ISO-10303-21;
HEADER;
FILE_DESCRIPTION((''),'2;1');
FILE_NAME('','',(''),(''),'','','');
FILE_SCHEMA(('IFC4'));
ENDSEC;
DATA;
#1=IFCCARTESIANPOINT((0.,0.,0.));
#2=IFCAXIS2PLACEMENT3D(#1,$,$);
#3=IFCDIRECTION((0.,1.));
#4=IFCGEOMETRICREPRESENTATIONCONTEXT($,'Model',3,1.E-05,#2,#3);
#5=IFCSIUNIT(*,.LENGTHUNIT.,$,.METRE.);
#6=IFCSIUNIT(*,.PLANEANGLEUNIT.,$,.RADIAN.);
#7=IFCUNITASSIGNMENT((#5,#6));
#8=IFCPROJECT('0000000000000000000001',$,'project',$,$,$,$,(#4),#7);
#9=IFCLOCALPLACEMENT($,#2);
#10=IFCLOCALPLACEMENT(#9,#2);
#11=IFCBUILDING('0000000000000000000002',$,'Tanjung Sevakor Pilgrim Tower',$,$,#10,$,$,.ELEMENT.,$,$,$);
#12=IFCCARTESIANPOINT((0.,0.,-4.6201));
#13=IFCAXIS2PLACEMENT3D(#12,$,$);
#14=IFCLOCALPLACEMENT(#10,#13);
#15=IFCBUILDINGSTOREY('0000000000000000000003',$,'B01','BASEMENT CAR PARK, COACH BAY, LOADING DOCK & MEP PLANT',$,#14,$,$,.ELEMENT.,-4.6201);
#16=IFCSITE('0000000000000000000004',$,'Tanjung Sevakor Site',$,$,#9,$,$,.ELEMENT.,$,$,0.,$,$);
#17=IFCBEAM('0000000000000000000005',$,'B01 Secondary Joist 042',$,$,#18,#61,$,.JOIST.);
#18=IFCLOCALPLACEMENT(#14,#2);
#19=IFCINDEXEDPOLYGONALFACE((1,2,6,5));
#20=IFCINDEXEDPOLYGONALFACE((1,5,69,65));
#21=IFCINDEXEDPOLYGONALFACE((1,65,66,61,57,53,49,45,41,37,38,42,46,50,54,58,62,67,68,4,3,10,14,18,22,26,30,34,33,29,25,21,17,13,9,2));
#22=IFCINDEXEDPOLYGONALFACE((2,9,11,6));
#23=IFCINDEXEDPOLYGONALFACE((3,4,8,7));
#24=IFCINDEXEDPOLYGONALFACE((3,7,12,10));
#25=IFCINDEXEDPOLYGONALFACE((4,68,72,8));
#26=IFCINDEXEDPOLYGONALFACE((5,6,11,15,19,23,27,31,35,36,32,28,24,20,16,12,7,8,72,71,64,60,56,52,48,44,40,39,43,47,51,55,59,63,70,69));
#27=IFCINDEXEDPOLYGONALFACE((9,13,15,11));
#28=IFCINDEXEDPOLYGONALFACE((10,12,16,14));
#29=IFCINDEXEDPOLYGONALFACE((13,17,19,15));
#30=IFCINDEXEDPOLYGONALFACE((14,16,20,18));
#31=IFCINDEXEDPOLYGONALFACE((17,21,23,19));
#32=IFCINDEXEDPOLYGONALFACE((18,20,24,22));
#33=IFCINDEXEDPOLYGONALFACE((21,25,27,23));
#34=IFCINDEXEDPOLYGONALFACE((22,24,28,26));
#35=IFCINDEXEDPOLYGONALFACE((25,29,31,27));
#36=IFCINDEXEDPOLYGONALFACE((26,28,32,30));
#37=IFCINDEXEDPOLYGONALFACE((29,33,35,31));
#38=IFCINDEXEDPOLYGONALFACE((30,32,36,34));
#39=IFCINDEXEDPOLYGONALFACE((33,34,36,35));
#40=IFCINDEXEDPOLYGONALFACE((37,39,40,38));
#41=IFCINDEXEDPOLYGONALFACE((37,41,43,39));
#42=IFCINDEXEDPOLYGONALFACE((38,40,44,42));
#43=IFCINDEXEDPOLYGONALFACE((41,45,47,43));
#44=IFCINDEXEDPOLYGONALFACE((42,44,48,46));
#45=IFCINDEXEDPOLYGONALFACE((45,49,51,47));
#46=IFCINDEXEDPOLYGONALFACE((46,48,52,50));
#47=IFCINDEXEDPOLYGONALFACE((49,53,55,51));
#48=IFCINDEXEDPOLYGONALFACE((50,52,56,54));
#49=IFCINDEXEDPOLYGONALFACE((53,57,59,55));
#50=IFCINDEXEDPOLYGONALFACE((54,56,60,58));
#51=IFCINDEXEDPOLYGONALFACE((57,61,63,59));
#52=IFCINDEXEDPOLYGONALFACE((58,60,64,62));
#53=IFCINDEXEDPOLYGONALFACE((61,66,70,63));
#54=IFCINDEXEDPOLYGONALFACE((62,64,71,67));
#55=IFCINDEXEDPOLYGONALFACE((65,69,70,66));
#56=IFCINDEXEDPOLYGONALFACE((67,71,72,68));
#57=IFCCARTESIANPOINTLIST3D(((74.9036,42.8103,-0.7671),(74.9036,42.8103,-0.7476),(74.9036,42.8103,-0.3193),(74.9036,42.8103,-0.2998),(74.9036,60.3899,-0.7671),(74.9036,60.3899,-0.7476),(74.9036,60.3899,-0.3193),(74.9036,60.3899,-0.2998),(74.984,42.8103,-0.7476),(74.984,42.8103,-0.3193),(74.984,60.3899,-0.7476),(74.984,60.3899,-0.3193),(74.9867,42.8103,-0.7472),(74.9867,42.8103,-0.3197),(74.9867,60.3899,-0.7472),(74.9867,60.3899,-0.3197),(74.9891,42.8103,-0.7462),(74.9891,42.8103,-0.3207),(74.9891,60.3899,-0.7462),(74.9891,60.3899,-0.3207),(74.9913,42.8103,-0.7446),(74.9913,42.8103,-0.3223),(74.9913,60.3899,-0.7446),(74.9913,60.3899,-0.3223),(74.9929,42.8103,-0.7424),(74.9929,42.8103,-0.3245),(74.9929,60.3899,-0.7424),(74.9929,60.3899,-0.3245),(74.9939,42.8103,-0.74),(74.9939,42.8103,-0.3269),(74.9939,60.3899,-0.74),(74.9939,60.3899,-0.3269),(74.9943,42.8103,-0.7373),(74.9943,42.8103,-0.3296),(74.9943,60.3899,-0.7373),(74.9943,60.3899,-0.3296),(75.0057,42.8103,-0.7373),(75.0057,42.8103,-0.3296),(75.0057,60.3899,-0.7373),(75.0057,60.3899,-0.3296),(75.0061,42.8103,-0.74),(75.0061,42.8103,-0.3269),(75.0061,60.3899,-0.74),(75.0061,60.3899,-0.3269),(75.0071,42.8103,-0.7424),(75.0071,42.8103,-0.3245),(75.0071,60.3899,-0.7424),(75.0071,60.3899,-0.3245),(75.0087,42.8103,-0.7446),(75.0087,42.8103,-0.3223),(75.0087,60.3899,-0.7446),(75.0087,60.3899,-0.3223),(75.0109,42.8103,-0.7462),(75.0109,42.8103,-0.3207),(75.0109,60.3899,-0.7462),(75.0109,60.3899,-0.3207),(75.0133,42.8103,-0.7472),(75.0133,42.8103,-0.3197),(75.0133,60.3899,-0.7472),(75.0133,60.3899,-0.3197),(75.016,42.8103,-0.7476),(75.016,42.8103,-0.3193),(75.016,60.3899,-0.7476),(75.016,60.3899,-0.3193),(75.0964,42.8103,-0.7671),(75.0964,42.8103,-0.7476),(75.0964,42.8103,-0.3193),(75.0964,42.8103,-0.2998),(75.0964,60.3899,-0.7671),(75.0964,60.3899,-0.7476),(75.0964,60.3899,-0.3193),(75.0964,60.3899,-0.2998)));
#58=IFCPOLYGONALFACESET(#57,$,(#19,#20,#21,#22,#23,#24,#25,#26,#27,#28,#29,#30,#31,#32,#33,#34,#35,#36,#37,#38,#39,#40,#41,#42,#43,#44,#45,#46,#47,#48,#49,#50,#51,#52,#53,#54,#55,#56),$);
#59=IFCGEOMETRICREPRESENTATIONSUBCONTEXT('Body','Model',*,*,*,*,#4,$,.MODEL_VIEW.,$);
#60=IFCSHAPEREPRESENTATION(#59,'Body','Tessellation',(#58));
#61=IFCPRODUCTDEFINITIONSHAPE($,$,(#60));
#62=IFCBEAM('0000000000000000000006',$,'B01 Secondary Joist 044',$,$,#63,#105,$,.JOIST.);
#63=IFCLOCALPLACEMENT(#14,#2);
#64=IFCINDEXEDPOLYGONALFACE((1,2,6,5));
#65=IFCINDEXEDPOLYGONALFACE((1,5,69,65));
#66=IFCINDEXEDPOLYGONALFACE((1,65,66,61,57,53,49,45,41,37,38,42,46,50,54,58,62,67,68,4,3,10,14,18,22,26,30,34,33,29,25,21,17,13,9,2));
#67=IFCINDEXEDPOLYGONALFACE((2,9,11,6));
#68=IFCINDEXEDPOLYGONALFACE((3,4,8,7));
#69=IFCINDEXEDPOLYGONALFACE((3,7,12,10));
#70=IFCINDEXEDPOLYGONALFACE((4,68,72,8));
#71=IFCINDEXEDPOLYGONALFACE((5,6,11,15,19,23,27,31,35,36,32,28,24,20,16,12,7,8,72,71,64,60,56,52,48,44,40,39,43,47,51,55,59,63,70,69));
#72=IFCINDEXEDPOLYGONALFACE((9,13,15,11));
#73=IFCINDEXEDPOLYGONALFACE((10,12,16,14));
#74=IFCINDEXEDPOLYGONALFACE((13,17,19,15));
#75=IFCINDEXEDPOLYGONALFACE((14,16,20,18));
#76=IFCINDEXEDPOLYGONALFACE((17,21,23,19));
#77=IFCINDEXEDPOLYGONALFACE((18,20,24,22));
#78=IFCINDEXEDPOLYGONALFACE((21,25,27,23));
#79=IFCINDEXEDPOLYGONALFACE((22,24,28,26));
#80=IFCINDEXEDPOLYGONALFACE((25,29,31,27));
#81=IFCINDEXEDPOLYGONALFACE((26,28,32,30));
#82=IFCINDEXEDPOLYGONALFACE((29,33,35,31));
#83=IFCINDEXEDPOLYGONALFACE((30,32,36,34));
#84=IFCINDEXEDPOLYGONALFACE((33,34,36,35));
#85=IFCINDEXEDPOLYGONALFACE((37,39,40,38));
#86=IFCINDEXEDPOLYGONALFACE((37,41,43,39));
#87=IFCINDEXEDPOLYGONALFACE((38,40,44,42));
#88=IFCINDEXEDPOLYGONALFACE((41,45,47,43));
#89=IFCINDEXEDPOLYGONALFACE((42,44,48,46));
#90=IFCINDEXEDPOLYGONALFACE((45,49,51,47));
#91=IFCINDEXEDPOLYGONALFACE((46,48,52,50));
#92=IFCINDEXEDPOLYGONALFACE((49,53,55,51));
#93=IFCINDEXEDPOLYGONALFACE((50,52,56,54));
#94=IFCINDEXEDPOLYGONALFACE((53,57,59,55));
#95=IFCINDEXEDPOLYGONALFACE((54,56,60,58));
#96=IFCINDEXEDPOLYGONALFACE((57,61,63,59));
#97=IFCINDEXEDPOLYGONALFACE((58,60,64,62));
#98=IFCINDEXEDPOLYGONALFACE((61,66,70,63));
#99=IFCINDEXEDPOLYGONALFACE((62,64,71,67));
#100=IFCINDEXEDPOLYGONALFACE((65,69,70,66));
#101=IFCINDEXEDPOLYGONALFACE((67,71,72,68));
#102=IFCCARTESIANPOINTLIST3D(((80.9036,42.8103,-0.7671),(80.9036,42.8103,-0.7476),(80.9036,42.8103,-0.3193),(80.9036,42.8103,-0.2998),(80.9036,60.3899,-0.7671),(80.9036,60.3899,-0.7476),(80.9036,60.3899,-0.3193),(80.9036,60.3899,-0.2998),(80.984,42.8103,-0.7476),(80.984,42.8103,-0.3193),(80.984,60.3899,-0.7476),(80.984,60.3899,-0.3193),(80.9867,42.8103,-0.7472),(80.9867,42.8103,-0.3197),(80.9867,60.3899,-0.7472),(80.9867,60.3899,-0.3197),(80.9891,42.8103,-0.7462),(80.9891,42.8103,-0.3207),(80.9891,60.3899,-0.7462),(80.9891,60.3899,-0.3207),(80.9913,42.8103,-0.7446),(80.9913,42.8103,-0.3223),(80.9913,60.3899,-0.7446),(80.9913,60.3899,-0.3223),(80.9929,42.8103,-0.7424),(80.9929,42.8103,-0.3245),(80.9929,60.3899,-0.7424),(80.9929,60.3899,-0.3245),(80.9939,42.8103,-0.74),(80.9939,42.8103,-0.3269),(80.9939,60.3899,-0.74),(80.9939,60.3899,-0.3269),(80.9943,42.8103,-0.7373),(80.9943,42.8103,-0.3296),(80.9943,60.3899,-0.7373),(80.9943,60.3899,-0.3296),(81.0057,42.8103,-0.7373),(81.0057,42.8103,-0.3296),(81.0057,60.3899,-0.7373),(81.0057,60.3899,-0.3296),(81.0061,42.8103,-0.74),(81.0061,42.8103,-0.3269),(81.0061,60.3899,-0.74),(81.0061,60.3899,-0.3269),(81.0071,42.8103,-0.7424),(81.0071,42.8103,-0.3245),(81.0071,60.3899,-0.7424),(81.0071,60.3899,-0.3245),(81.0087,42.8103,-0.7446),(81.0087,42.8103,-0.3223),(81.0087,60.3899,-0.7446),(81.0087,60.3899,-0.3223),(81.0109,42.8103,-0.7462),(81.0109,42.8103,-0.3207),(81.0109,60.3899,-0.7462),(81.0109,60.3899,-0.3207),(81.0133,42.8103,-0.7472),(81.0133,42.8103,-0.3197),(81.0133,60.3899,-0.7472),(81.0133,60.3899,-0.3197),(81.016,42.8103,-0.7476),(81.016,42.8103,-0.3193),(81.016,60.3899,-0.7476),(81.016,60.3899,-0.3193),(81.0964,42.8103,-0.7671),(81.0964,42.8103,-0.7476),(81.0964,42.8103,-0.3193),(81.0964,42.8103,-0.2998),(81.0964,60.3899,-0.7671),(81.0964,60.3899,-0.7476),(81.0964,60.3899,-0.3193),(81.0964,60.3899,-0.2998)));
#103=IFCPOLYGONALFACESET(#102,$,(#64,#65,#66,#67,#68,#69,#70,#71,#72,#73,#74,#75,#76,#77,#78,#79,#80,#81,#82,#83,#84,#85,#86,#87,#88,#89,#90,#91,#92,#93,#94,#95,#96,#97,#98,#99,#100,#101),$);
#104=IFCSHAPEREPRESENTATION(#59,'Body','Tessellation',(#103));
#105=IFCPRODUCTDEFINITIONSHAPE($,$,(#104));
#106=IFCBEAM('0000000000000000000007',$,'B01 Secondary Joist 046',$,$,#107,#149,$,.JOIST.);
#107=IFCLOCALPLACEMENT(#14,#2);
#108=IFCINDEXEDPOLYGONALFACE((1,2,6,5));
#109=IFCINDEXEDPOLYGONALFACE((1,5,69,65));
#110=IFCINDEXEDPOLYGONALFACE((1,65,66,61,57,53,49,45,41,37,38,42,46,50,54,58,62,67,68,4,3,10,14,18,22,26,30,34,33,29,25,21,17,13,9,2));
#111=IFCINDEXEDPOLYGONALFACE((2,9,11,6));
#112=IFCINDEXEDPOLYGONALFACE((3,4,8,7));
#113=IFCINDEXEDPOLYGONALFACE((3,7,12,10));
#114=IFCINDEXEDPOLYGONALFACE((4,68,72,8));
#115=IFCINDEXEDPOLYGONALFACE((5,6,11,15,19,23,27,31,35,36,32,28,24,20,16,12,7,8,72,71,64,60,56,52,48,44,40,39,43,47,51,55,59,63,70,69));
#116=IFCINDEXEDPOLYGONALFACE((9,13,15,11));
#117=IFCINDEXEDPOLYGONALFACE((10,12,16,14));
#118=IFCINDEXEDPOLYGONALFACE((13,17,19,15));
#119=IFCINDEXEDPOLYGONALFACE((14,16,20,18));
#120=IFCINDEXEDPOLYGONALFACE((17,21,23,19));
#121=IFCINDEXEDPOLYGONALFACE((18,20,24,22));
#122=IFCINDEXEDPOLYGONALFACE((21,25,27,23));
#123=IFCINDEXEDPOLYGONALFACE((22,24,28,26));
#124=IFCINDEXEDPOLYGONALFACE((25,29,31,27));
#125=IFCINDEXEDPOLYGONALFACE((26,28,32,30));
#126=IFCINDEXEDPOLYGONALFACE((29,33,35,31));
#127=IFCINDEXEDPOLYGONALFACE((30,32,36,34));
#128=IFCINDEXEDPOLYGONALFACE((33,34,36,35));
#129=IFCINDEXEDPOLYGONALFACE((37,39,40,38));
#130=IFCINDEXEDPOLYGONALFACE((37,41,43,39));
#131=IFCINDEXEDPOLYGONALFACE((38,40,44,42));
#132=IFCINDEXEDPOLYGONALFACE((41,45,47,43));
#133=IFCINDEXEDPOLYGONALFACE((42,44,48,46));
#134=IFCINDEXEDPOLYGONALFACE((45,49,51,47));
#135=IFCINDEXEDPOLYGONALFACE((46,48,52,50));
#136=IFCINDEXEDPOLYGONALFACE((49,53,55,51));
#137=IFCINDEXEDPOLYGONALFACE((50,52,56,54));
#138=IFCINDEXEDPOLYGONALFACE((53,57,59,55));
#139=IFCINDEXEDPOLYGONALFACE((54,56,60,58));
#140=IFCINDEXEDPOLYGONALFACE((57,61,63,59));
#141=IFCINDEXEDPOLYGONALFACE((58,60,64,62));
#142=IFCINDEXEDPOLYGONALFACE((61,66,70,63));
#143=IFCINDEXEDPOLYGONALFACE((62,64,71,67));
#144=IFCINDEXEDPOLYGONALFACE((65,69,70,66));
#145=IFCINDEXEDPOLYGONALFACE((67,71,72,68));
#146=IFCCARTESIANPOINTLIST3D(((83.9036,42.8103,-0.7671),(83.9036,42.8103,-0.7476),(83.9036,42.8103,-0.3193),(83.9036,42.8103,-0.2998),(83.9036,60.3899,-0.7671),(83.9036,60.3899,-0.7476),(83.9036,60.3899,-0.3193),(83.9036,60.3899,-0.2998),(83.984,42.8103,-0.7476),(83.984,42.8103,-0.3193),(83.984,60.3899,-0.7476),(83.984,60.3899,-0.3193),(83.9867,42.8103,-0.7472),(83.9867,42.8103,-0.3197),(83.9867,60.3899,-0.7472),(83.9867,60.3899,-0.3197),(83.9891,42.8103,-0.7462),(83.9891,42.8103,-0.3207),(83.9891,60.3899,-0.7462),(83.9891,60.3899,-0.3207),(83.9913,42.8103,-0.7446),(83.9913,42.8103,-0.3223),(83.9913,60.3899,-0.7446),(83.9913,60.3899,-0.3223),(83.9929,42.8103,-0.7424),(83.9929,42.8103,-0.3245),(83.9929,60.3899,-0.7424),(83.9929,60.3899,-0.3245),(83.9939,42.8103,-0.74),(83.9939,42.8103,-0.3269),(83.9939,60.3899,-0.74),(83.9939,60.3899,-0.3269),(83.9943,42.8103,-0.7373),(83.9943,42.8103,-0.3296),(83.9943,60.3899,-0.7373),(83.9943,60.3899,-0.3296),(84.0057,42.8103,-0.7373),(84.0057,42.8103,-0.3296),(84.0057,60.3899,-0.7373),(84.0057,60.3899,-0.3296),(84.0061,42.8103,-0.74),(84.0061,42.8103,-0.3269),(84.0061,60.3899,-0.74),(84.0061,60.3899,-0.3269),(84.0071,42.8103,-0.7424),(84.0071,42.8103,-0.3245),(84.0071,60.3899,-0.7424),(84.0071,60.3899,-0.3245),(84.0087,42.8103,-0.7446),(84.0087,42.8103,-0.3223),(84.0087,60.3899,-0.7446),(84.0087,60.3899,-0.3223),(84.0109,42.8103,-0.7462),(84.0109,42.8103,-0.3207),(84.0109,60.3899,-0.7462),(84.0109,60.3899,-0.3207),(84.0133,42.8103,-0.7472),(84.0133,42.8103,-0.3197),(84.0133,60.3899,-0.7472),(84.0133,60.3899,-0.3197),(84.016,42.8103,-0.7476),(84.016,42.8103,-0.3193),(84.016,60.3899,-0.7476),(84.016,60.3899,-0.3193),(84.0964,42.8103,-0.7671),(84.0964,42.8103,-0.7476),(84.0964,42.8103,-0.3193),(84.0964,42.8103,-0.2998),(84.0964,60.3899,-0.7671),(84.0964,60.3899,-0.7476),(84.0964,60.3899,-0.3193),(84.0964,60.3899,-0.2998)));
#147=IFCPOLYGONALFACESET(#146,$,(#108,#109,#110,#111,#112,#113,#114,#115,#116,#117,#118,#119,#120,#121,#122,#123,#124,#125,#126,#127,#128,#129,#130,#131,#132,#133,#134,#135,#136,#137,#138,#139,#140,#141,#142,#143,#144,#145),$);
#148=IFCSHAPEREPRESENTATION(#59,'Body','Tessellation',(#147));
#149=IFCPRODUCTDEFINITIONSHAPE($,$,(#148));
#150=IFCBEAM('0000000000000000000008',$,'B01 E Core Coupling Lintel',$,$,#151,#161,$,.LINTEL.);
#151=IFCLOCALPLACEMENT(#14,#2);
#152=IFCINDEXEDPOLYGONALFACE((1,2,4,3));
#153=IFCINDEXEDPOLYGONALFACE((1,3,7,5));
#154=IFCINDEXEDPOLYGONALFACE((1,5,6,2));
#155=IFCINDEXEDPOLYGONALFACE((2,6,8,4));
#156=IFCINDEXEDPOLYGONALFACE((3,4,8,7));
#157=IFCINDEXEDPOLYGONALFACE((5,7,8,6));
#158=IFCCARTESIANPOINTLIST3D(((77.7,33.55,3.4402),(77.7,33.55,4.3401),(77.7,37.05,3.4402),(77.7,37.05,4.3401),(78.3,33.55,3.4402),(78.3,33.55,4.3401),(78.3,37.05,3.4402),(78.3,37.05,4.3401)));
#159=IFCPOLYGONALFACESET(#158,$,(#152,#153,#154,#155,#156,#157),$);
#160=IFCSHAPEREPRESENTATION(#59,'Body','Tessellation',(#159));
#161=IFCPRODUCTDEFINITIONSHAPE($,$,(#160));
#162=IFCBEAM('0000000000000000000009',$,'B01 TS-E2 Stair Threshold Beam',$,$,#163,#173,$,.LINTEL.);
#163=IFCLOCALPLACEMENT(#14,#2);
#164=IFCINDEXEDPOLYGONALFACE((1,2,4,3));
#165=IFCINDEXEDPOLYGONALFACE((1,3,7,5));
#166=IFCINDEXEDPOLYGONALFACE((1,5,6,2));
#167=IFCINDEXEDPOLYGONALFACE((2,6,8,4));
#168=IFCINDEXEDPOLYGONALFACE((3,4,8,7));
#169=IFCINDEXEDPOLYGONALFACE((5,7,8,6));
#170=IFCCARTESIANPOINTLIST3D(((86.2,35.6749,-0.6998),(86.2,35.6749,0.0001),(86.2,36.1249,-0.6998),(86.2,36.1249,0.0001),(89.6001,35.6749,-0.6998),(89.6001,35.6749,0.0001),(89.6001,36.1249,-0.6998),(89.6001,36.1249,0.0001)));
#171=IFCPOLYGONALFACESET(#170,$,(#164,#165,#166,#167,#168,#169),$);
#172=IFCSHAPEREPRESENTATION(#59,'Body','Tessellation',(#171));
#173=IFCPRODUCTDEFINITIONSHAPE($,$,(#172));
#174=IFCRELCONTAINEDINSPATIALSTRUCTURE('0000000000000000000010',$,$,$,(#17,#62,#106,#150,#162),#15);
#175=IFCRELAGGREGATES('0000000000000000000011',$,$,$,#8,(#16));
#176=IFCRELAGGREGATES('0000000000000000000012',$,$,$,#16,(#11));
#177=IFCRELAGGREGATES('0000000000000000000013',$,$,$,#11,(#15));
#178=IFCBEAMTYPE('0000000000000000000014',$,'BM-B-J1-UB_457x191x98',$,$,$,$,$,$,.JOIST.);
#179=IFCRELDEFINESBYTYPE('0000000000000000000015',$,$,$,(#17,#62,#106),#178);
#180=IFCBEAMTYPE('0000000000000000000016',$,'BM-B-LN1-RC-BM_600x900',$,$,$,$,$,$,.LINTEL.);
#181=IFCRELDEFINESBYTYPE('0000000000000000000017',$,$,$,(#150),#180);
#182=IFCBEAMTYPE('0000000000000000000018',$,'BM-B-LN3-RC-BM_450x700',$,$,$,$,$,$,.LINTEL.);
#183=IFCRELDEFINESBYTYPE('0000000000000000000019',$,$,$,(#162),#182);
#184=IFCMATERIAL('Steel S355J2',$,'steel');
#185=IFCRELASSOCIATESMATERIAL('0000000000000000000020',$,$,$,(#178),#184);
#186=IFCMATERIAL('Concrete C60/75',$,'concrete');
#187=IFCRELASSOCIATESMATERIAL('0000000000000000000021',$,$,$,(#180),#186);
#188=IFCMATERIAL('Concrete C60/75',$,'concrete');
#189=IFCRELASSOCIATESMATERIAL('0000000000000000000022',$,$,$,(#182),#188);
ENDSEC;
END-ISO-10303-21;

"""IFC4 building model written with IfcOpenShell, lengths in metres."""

from ifc_helpers import new_model, si_unit, direction, frame, origin, origin_2d, place, context, subcontext, project, spatial, rectangle, i_section, extrude, material, material_profile, profile_set, type_object, element, save


model = new_model("IFC4")

# Units and contexts
model_context = context("Model", 3, precision=1e-05, world=origin(), true_north=direction((0.0, 1.0)))
body_context = subcontext(model_context, "Body", "Model", "MODEL_VIEW")
ifc_project = project(units=[si_unit("LENGTHUNIT", "METRE"), si_unit("PLANEANGLEUNIT", "RADIAN")], contexts=[model_context])

# Site, building, storey
site_placement = place(None, origin())
site = spatial("IfcSite", under=ifc_project, at=site_placement, Name="Tanjung Sevakor Site", CompositionType="ELEMENT", RefElevation=0.0)
building_placement = place(site_placement, origin())
building = spatial("IfcBuilding", under=site, at=building_placement, Name="Tanjung Sevakor Pilgrim Tower", CompositionType="ELEMENT")
storey_placement = place(building_placement, frame((0.0, 0.0, -4.6201)))
storey = spatial("IfcBuildingStorey", under=building, at=storey_placement, Name="B01", Description="BASEMENT CAR PARK, COACH BAY, LOADING DOCK & MEP PLANT", CompositionType="ELEMENT", Elevation=-4.6201)

# Beams
ifc_material_1 = material(Name="Steel S355J2", Category="steel")
ifc_material_profile_1 = material_profile(ifc_material_1, i_section(OverallWidth=0.1929, OverallDepth=0.4673, WebThickness=0.0115, FlangeThickness=0.0195, FilletRadius=0.0103, at=origin_2d()))
ifc_profile_set_1 = profile_set([ifc_material_profile_1], Name="Steel S355J2")
beam_type_1 = type_object("IfcBeamType", Name="BM-B-J1-UB_457x191x98", PredefinedType="JOIST", material=ifc_profile_set_1)
for number, where, z_axis, x_axis, name in (
    (1, (75.0, 42.8103, -0.5334), (0.0, 1.0, 0.0), (-1.0, 0.0, 0.0), "B01 Secondary Joist 042"),
    (2, (81.0, 42.8103, -0.5334), (0.0, 1.0, 0.0), (-1.0, 0.0, 0.0), "B01 Secondary Joist 044"),
    (3, (84.0, 42.8103, -0.5334), (0.0, 1.0, 0.0), (-1.0, 0.0, 0.0), "B01 Secondary Joist 046"),
):
    element("IfcBeam", number, at=place(storey_placement, frame(where, z_axis=z_axis, x_axis=x_axis)), inside=storey, type_object=beam_type_1, Name=name, PredefinedType="JOIST", context=body_context, shape_type="SweptSolid", body=[
        extrude(i_section(OverallWidth=0.1929, OverallDepth=0.4673, WebThickness=0.0115, FlangeThickness=0.0195, FilletRadius=0.0103, at=origin_2d()), origin(), (0.0, 0.0, 1.0), 17.5796),
    ])
ifc_material_2 = material(Name="Concrete C60/75", Category="concrete")
ifc_material_profile_2 = material_profile(ifc_material_2, rectangle(XDim=0.6001, YDim=0.8999, at=origin_2d()))
ifc_profile_set_2 = profile_set([ifc_material_profile_2], Name="Concrete C60/75")
beam_type_2 = type_object("IfcBeamType", Name="BM-B-LN1-RC-BM_600x900", PredefinedType="LINTEL", material=ifc_profile_set_2)
beam_1_placement = place(storey_placement, frame((78.0, 33.55, 3.8901), z_axis=(0.0, 1.0, 0.0), x_axis=(-1.0, 0.0, 0.0)))
element("IfcBeam", 4, at=beam_1_placement, inside=storey, type_object=beam_type_2, Name="B01 E Core Coupling Lintel", PredefinedType="LINTEL", context=body_context, shape_type="SweptSolid", body=[
    extrude(rectangle(XDim=0.6001, YDim=0.8999, at=origin_2d()), origin(), (0.0, 0.0, 1.0), 3.5),
])
ifc_material_3 = material(Name="Concrete C60/75", Category="concrete")
ifc_material_profile_3 = material_profile(ifc_material_3, rectangle(XDim=0.45, YDim=0.7, at=origin_2d()))
ifc_profile_set_3 = profile_set([ifc_material_profile_3], Name="Concrete C60/75")
beam_type_3 = type_object("IfcBeamType", Name="BM-B-LN3-RC-BM_450x700", PredefinedType="LINTEL", material=ifc_profile_set_3)
beam_2_placement = place(storey_placement, frame((86.2, 35.8999, -0.3499), z_axis=(1.0, 0.0, 0.0), x_axis=(0.0, 1.0, 0.0)))
element("IfcBeam", 5, at=beam_2_placement, inside=storey, type_object=beam_type_3, Name="B01 TS-E2 Stair Threshold Beam", PredefinedType="LINTEL", context=body_context, shape_type="SweptSolid", body=[
    extrude(rectangle(XDim=0.45, YDim=0.7, at=origin_2d()), origin(), (0.0, 0.0, 1.0), 3.4001),
])

save(model, "model.ifc")
